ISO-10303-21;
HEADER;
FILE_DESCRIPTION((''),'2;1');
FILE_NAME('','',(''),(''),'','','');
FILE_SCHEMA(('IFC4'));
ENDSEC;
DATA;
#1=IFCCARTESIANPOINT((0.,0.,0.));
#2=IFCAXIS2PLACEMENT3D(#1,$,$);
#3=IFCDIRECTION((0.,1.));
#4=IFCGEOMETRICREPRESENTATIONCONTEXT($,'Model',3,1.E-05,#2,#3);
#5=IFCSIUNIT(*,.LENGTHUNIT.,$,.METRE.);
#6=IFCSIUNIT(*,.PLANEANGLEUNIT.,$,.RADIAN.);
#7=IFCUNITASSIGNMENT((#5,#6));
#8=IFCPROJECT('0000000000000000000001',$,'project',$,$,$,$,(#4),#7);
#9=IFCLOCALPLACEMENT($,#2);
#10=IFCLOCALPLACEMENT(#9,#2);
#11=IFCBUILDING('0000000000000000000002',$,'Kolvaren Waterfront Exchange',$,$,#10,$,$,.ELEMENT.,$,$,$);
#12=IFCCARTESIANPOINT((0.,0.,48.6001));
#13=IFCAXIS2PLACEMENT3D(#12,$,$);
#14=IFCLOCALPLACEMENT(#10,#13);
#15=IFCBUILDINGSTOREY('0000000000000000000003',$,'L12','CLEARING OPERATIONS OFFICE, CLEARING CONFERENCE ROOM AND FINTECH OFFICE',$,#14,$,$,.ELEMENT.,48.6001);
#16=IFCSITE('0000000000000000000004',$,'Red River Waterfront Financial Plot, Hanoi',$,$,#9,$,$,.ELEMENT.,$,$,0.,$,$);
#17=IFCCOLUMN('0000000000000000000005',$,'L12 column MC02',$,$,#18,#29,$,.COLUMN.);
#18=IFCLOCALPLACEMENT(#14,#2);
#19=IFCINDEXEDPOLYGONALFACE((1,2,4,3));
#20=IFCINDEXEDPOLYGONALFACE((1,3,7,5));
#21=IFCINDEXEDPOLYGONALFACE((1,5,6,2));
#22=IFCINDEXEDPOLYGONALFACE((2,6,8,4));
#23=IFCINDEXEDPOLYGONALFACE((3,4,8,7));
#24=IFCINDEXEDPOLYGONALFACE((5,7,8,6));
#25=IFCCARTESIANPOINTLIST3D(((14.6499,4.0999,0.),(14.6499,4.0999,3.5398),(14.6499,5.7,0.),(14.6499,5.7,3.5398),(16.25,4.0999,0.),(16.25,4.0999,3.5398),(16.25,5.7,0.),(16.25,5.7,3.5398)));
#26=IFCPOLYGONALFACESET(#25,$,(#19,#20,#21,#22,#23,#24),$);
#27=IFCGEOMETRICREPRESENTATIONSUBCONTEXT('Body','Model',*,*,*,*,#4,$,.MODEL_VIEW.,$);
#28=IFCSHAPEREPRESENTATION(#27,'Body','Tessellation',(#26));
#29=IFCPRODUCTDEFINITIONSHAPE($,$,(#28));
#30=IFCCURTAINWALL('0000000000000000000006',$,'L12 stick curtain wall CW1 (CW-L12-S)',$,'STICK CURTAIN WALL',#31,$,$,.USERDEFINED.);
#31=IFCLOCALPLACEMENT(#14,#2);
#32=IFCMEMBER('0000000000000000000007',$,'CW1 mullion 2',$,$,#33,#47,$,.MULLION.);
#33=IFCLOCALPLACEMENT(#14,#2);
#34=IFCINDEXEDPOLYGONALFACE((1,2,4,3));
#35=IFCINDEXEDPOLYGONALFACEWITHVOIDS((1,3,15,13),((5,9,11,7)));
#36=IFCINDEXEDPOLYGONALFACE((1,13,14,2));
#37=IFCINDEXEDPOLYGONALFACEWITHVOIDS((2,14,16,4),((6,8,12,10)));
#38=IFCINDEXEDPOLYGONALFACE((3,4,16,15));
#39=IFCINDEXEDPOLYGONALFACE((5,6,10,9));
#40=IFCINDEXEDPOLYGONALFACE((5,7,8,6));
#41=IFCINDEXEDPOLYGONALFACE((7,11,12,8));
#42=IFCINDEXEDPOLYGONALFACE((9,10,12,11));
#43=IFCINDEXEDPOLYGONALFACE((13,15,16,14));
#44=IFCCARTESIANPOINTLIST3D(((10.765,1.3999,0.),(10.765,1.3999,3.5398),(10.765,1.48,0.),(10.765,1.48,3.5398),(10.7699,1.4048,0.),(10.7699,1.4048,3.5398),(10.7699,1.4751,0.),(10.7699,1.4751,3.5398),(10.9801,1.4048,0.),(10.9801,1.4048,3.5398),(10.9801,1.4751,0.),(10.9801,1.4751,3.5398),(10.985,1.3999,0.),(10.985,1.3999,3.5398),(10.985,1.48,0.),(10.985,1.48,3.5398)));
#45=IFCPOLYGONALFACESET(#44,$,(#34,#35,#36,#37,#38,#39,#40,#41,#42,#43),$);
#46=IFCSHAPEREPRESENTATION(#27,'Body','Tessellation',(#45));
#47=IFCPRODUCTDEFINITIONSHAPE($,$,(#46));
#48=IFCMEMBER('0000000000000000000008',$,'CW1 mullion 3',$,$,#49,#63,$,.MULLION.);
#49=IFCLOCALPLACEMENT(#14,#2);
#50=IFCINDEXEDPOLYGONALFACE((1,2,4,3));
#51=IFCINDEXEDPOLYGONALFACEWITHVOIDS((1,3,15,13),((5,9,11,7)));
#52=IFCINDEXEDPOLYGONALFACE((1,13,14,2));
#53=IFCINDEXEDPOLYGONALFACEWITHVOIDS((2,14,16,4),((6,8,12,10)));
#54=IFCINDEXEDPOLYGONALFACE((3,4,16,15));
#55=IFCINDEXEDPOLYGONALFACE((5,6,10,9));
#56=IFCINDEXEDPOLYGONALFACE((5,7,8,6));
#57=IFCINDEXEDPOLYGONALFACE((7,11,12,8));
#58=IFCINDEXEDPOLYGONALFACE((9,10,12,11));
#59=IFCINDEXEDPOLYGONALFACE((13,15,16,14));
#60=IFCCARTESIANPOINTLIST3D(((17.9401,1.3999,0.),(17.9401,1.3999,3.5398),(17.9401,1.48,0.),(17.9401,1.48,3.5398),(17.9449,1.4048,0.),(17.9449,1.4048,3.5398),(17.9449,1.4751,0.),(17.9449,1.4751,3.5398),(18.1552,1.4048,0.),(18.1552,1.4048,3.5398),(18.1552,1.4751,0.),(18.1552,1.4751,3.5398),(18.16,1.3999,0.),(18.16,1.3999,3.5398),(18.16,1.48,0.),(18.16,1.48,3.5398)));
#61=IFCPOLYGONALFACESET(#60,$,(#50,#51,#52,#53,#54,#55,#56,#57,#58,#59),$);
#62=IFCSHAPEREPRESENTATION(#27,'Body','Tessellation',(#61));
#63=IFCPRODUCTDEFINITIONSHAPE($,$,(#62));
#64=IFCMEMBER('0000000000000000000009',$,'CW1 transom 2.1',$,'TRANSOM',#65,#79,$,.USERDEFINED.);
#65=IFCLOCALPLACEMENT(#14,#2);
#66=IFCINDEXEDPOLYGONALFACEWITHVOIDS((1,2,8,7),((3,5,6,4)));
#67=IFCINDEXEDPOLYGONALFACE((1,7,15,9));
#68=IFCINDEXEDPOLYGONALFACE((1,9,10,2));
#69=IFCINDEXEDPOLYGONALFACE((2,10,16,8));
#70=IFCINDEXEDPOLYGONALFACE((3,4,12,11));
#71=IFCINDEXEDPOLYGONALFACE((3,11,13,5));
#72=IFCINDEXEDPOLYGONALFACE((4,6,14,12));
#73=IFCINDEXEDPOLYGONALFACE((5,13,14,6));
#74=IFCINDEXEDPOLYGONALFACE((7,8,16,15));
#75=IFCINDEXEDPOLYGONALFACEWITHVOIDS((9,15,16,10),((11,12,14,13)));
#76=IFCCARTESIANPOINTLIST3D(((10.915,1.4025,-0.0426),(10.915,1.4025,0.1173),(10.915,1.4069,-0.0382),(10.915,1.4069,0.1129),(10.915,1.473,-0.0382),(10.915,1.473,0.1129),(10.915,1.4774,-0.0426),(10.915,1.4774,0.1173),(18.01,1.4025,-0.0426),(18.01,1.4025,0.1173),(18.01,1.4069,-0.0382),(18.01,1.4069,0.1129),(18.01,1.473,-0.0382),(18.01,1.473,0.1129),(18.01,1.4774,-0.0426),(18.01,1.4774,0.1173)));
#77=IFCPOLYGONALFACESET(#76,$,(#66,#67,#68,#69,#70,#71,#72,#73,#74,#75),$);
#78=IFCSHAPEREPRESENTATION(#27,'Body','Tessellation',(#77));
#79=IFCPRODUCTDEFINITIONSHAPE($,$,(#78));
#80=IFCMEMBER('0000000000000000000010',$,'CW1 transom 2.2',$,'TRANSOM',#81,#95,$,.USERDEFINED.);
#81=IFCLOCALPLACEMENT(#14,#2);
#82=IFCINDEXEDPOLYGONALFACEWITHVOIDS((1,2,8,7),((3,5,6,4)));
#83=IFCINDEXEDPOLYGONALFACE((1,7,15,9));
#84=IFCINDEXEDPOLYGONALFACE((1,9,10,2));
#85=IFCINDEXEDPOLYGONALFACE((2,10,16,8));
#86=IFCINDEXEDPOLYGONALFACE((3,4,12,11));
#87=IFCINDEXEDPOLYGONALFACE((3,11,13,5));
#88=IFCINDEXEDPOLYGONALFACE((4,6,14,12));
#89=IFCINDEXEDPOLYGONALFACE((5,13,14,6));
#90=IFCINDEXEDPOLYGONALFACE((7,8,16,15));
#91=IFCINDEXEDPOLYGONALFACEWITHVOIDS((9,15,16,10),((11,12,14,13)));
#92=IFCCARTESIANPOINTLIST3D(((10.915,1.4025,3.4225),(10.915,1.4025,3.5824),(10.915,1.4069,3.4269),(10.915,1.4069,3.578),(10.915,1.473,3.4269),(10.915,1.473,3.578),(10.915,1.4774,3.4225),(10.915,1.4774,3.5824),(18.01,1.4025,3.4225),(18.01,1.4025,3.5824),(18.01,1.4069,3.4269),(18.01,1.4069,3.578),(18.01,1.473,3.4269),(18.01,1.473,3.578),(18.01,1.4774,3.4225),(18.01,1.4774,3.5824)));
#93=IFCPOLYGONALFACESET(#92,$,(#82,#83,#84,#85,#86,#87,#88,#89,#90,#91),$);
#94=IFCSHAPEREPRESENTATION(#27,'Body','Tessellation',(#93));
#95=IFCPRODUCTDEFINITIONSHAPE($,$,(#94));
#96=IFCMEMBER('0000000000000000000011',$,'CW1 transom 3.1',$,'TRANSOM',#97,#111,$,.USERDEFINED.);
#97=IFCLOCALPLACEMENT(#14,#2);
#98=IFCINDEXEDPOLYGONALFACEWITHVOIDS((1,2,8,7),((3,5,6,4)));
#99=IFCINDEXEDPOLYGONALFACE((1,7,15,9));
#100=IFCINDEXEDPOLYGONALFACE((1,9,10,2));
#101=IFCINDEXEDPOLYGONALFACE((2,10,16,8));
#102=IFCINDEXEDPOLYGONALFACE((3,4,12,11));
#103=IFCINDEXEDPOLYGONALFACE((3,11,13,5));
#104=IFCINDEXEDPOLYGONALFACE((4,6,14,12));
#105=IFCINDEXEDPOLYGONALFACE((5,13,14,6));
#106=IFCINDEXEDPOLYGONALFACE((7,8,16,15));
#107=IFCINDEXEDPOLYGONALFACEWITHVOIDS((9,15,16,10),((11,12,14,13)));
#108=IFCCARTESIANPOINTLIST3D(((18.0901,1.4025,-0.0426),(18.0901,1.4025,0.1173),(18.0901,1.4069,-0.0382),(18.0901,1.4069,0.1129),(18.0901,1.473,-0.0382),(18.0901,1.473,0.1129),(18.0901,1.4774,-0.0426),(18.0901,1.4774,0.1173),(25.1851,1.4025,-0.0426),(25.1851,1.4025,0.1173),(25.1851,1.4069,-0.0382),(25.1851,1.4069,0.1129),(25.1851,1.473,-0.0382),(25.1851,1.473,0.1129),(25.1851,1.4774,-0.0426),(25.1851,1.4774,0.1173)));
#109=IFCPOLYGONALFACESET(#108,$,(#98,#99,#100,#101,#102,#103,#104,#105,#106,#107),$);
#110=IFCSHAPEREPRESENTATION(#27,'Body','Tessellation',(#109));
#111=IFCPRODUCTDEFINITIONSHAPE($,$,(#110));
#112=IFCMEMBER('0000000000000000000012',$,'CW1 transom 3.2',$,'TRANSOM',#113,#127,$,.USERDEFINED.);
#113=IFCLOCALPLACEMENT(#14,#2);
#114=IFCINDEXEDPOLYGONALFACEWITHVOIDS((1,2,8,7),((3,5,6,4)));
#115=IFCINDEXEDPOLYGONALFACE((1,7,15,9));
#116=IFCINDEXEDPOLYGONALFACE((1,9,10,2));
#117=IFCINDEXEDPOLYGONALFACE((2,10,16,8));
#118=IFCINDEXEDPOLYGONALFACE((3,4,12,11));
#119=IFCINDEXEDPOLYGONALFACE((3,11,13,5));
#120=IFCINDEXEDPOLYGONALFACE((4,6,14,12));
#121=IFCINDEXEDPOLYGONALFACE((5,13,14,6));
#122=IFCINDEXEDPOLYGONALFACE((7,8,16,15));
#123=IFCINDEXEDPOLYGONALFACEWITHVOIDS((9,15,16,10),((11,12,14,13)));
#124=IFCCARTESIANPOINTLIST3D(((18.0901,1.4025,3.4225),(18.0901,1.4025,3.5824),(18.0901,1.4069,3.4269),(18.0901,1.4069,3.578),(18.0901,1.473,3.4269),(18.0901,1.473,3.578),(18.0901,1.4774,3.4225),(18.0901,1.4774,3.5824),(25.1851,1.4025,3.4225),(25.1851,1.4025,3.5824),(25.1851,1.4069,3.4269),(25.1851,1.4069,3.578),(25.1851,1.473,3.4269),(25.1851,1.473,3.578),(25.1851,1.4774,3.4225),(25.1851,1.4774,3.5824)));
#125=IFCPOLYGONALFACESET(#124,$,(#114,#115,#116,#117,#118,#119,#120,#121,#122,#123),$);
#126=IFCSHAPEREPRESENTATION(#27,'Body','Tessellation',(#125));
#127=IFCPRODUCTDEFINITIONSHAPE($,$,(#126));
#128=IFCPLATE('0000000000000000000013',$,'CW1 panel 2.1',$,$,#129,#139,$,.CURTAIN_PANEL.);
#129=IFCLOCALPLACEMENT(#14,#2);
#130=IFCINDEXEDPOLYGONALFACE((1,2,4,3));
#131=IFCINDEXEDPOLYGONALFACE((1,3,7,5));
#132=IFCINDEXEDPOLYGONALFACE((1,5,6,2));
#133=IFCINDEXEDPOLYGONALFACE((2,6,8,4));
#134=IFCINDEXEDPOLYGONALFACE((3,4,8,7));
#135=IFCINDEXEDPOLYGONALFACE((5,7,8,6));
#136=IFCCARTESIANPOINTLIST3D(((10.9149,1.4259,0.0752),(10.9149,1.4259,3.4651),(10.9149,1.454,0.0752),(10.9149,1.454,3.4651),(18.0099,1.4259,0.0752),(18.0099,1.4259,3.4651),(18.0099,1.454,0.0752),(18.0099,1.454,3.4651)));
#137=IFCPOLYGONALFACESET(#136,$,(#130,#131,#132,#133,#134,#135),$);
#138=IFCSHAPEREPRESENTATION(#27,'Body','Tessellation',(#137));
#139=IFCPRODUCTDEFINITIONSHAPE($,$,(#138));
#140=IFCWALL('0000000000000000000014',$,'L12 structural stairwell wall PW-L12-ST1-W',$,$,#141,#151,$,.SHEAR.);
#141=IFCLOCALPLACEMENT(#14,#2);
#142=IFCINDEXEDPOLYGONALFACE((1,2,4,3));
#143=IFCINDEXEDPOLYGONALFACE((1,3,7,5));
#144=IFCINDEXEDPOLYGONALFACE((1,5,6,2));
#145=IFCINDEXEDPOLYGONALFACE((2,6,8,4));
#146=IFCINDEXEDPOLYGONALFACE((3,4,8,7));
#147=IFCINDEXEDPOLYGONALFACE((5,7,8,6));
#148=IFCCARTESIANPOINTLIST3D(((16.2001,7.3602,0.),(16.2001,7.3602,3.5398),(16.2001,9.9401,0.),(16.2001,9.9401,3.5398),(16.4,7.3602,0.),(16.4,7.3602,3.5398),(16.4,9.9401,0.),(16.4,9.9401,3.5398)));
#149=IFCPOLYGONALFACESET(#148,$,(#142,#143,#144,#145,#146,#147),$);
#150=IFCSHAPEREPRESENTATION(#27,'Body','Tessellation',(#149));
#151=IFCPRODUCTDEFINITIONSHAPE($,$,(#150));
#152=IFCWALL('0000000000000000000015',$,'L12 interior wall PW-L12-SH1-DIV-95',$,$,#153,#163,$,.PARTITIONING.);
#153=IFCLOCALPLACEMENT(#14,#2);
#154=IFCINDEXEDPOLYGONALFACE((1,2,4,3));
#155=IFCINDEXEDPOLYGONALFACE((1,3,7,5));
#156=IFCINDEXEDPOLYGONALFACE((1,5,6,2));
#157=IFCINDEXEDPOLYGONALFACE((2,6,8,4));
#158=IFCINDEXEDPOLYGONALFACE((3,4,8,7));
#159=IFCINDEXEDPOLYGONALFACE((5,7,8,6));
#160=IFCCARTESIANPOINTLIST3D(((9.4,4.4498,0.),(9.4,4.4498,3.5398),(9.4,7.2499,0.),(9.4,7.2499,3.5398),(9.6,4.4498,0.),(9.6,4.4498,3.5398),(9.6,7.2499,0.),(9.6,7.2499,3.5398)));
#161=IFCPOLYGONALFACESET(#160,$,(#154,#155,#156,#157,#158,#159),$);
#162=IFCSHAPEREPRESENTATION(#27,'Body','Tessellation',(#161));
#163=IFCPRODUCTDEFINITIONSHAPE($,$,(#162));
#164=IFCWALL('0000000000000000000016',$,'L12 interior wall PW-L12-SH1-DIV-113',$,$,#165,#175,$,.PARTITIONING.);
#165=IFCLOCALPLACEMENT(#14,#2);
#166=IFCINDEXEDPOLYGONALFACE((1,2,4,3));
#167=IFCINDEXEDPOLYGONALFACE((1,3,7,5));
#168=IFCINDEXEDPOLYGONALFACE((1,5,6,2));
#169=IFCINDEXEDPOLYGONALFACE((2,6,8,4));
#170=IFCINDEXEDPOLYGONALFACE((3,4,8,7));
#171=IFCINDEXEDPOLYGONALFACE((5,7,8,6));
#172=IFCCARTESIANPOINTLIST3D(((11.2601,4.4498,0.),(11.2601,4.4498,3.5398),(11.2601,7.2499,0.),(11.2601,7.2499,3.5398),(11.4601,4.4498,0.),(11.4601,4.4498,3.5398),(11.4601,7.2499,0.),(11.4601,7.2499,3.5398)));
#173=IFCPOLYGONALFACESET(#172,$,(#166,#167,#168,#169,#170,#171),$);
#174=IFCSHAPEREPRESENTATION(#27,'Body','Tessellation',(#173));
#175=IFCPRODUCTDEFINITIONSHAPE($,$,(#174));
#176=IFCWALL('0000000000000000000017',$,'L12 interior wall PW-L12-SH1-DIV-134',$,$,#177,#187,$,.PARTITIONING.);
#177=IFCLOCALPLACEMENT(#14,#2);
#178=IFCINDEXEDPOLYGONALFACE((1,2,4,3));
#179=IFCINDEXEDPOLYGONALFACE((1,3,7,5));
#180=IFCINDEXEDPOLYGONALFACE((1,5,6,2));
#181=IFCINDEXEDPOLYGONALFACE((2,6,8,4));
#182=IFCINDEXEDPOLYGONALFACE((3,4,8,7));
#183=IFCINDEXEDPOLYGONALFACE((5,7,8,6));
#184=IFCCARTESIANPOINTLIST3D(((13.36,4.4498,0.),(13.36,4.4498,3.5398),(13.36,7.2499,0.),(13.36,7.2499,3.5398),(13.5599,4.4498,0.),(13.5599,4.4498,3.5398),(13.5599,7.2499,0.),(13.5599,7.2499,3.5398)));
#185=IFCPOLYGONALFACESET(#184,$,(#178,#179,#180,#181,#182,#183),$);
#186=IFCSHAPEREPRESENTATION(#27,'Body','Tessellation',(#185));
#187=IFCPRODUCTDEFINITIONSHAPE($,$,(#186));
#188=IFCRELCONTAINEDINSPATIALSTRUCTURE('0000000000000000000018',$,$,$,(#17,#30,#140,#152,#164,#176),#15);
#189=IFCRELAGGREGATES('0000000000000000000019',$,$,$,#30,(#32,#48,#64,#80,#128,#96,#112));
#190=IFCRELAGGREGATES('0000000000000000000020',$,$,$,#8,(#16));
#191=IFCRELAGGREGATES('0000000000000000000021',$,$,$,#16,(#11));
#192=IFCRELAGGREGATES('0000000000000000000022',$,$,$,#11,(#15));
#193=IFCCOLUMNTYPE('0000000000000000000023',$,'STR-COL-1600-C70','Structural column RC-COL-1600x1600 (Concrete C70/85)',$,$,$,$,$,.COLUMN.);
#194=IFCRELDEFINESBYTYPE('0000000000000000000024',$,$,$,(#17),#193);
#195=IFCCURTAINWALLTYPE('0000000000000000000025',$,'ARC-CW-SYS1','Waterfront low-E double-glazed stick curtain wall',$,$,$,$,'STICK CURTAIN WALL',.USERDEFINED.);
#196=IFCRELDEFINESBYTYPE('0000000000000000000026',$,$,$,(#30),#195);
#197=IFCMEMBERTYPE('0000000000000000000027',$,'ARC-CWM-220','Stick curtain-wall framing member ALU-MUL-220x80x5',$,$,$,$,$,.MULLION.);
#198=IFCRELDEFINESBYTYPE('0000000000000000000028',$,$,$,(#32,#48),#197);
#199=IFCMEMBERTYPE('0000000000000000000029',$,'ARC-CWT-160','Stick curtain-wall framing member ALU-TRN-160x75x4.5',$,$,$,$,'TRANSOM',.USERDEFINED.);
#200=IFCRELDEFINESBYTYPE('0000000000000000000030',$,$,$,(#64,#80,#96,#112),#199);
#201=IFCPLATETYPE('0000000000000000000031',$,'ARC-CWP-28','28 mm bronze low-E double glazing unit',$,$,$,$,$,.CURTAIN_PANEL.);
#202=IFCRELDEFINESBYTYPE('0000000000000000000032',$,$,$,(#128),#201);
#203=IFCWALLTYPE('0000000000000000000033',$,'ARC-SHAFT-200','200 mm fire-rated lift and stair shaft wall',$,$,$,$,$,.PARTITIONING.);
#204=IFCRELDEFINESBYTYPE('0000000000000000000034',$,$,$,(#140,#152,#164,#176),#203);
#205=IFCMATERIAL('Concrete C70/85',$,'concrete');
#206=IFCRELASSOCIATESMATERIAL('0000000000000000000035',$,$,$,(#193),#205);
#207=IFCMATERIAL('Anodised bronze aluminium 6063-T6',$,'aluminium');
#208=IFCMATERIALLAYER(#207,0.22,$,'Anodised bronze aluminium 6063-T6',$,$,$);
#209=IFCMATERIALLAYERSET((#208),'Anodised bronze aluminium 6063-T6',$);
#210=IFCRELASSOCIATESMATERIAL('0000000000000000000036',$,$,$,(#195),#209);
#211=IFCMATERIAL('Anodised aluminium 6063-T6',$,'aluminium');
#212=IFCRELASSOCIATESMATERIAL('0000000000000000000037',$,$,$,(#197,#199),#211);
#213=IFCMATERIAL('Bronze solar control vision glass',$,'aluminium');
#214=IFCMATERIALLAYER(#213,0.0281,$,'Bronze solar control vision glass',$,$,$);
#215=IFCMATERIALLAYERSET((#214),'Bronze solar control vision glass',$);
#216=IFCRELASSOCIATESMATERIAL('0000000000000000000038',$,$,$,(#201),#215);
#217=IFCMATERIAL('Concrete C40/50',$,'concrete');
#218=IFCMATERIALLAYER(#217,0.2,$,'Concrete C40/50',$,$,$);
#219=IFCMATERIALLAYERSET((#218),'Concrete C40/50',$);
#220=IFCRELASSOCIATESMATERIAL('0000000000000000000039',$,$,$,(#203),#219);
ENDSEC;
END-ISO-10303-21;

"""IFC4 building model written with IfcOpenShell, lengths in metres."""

from ifc_helpers import new_model, si_unit, direction, frame, frame_2d, origin, origin_with_axes, origin_2d, place, context, subcontext, project, spatial, rectangle, hollow_rectangle, extrude, source, transform, mapped, material, layer, layer_set, material_profile, profile_set, type_object, element, aggregate, save


model = new_model("IFC4")

# Units and contexts
model_context = context("Model", 3, precision=1e-05, world=origin(), true_north=direction((0.0, 1.0)))
body_context = subcontext(model_context, "Body", "Model", "MODEL_VIEW")
ifc_project = project(units=[si_unit("LENGTHUNIT", "METRE"), si_unit("PLANEANGLEUNIT", "RADIAN")], contexts=[model_context])

# Site, building, storey
site_placement = place(None, origin())
site = spatial("IfcSite", under=ifc_project, at=site_placement, Name="Red River Waterfront Financial Plot, Hanoi", CompositionType="ELEMENT", RefElevation=0.0)
building_placement = place(site_placement, origin())
building = spatial("IfcBuilding", under=site, at=building_placement, Name="Kolvaren Waterfront Exchange", CompositionType="ELEMENT")
storey_placement = place(building_placement, frame((0.0, 0.0, 48.6001)))
storey = spatial("IfcBuildingStorey", under=building, at=storey_placement, Name="L12", Description="CLEARING OPERATIONS OFFICE, CLEARING CONFERENCE ROOM AND FINTECH OFFICE", CompositionType="ELEMENT", Elevation=48.6001)

# Column
ifc_material_1 = material(Name="Concrete C70/85", Category="concrete")
ifc_material_profile_1 = material_profile(ifc_material_1, rectangle(XDim=1.6001, YDim=1.6001, at=origin_2d()), Name="RC-COL-1600x1600")
ifc_profile_set_1 = profile_set([ifc_material_profile_1], Name="Concrete C70/85")
column_type = type_object("IfcColumnType", Name="STR-COL-1600-C70", Description="Structural column RC-COL-1600x1600 (Concrete C70/85)", PredefinedType="COLUMN", material=ifc_profile_set_1)
column_placement = place(storey_placement, frame((15.45, 4.8999, 0.0), z_axis=(0.0, 0.0, 1.0), x_axis=(1.0, 0.0, 0.0)))
element("IfcColumn", 1, at=column_placement, inside=storey, type_object=column_type, Name="L12 column MC02", PredefinedType="COLUMN", context=body_context, shape_type="SweptSolid", body=[
    extrude(rectangle(XDim=1.6001, YDim=1.6001, at=origin_2d()), origin(), (0.0, 0.0, 1.0), 3.5398),
])

# Curtain wall, members, plate
ifc_material_2 = material(Name="Anodised bronze aluminium 6063-T6", Category="aluminium")
ifc_layer_1 = layer(ifc_material_2, 0.22, Name="Anodised bronze aluminium 6063-T6")
ifc_layer_set_1 = layer_set([ifc_layer_1], Name="Anodised bronze aluminium 6063-T6")
curtain_wall_type = type_object("IfcCurtainWallType", Name="ARC-CW-SYS1", Description="Waterfront low-E double-glazed stick curtain wall", ElementType="STICK CURTAIN WALL", PredefinedType="USERDEFINED", material=ifc_layer_set_1)
curtain_wall_placement = place(storey_placement, origin())
curtain_wall = element("IfcCurtainWall", 2, at=curtain_wall_placement, inside=storey, type_object=curtain_wall_type, Name="L12 stick curtain wall CW1 (CW-L12-S)", ObjectType="STICK CURTAIN WALL", PredefinedType="USERDEFINED")
ifc_material_3 = material(Name="Anodised aluminium 6063-T6", Category="aluminium")
ifc_material_profile_2 = material_profile(ifc_material_3, hollow_rectangle(XDim=0.0801, YDim=0.22, WallThickness=0.0049, at=origin_2d()), Name="ALU-MUL-220x80x5")
ifc_profile_set_2 = profile_set([ifc_material_profile_2], Name="Anodised aluminium 6063-T6")
member_type_1 = type_object("IfcMemberType", Name="ARC-CWM-220", Description="Stick curtain-wall framing member ALU-MUL-220x80x5", PredefinedType="MULLION", material=ifc_profile_set_2)
shared_shape_1 = source(origin_with_axes(), body_context, "Body", "SweptSolid", [
    extrude(hollow_rectangle(XDim=0.0801, YDim=0.22, WallThickness=0.0049, at=origin_2d()), origin(), (0.0, 0.0, 1.0), 3.5398),
])
member_1_placement = place(storey_placement, frame((10.875, 1.4399, 0.0), z_axis=(0.0, 0.0, 1.0), x_axis=(0.0, 1.0, 0.0)))
member_1 = element("IfcMember", 3, at=member_1_placement, type_object=member_type_1, Name="CW1 mullion 2", PredefinedType="MULLION", context=body_context, shape_type="MappedRepresentation", body=[
    mapped(shared_shape_1, transform((0.0, 0.0, 0.0), x_axis=(1.0, 0.0, 0.0), y_axis=(0.0, 1.0, 0.0), z_axis=(0.0, 0.0, 1.0), scale=1.0)),
])
member_2_placement = place(storey_placement, frame((18.05, 1.4399, 0.0), z_axis=(0.0, 0.0, 1.0), x_axis=(0.0, 1.0, 0.0)))
member_2 = element("IfcMember", 4, at=member_2_placement, type_object=member_type_1, Name="CW1 mullion 3", PredefinedType="MULLION", context=body_context, shape_type="MappedRepresentation", body=[
    mapped(shared_shape_1, transform((0.0, 0.0, 0.0), x_axis=(1.0, 0.0, 0.0), y_axis=(0.0, 1.0, 0.0), z_axis=(0.0, 0.0, 1.0), scale=1.0)),
])
ifc_material_profile_3 = material_profile(ifc_material_3, hollow_rectangle(XDim=0.075, YDim=0.1599, WallThickness=0.0044, at=origin_2d()), Name="ALU-TRN-160x75x4.5")
ifc_profile_set_3 = profile_set([ifc_material_profile_3], Name="Anodised aluminium 6063-T6")
member_type_2 = type_object("IfcMemberType", Name="ARC-CWT-160", Description="Stick curtain-wall framing member ALU-TRN-160x75x4.5", ElementType="TRANSOM", PredefinedType="USERDEFINED", material=ifc_profile_set_3)
shared_shape_2 = source(origin_with_axes(), body_context, "Body", "SweptSolid", [
    extrude(hollow_rectangle(XDim=0.075, YDim=0.1599, WallThickness=0.0044, at=origin_2d()), origin(), (0.0, 0.0, 1.0), 7.095),
])
member_3_placement = place(storey_placement, frame((10.915, 1.4399, 0.0374), z_axis=(1.0, 0.0, 0.0), x_axis=(0.0, 1.0, 0.0)))
member_3 = element("IfcMember", 5, at=member_3_placement, type_object=member_type_2, Name="CW1 transom 2.1", ObjectType="TRANSOM", PredefinedType="USERDEFINED", context=body_context, shape_type="MappedRepresentation", body=[
    mapped(shared_shape_2, transform((0.0, 0.0, 0.0), x_axis=(1.0, 0.0, 0.0), y_axis=(0.0, 1.0, 0.0), z_axis=(0.0, 0.0, 1.0), scale=1.0)),
])
member_4_placement = place(storey_placement, frame((10.915, 1.4399, 3.5024), z_axis=(1.0, 0.0, 0.0), x_axis=(0.0, 1.0, 0.0)))
member_4 = element("IfcMember", 6, at=member_4_placement, type_object=member_type_2, Name="CW1 transom 2.2", ObjectType="TRANSOM", PredefinedType="USERDEFINED", context=body_context, shape_type="MappedRepresentation", body=[
    mapped(shared_shape_2, transform((0.0, 0.0, 0.0), x_axis=(1.0, 0.0, 0.0), y_axis=(0.0, 1.0, 0.0), z_axis=(0.0, 0.0, 1.0), scale=1.0)),
])
member_5_placement = place(storey_placement, frame((18.0901, 1.4399, 0.0374), z_axis=(1.0, 0.0, 0.0), x_axis=(0.0, 1.0, 0.0)))
member_5 = element("IfcMember", 7, at=member_5_placement, type_object=member_type_2, Name="CW1 transom 3.1", ObjectType="TRANSOM", PredefinedType="USERDEFINED", context=body_context, shape_type="MappedRepresentation", body=[
    mapped(shared_shape_2, transform((0.0, 0.0, 0.0), x_axis=(1.0, 0.0, 0.0), y_axis=(0.0, 1.0, 0.0), z_axis=(0.0, 0.0, 1.0), scale=1.0)),
])
member_6_placement = place(storey_placement, frame((18.0901, 1.4399, 3.5024), z_axis=(1.0, 0.0, 0.0), x_axis=(0.0, 1.0, 0.0)))
member_6 = element("IfcMember", 8, at=member_6_placement, type_object=member_type_2, Name="CW1 transom 3.2", ObjectType="TRANSOM", PredefinedType="USERDEFINED", context=body_context, shape_type="MappedRepresentation", body=[
    mapped(shared_shape_2, transform((0.0, 0.0, 0.0), x_axis=(1.0, 0.0, 0.0), y_axis=(0.0, 1.0, 0.0), z_axis=(0.0, 0.0, 1.0), scale=1.0)),
])
ifc_material_4 = material(Name="Bronze solar control vision glass", Category="aluminium")
ifc_layer_2 = layer(ifc_material_4, 0.0281, Name="Bronze solar control vision glass")
ifc_layer_set_2 = layer_set([ifc_layer_2], Name="Bronze solar control vision glass")
plate_type = type_object("IfcPlateType", Name="ARC-CWP-28", Description="28 mm bronze low-E double glazing unit", PredefinedType="CURTAIN_PANEL", material=ifc_layer_set_2)
shared_shape_3 = source(origin_with_axes(), body_context, "Body", "SweptSolid", [
    extrude(rectangle(XDim=7.095, YDim=0.0281, at=origin_2d()), origin(), (0.0, 0.0, 1.0), 3.3899),
])
plate_placement = place(storey_placement, frame((14.4624, 1.4399, 0.0752), z_axis=(0.0, 0.0, 1.0), x_axis=(1.0, 0.0, 0.0)))
plate = element("IfcPlate", 9, at=plate_placement, type_object=plate_type, Name="CW1 panel 2.1", PredefinedType="CURTAIN_PANEL", context=body_context, shape_type="MappedRepresentation", body=[
    mapped(shared_shape_3, transform((0.0, 0.0, 0.0), x_axis=(1.0, 0.0, 0.0), y_axis=(0.0, 1.0, 0.0), z_axis=(0.0, 0.0, 1.0), scale=1.0)),
])
aggregate(curtain_wall, [member_1, member_2, member_3, member_4, plate, member_5, member_6])

# Walls
ifc_material_5 = material(Name="Concrete C40/50", Category="concrete")
ifc_layer_3 = layer(ifc_material_5, 0.2, Name="Concrete C40/50")
ifc_layer_set_3 = layer_set([ifc_layer_3], Name="Concrete C40/50")
wall_type_1 = type_object("IfcWallType", Name="ARC-SHAFT-200", Description="200 mm fire-rated lift and stair shaft wall", PredefinedType="PARTITIONING", material=ifc_layer_set_3)
wall_1_placement = place(storey_placement, frame((16.3, 7.3601, 0.0), z_axis=(0.0, 0.0, 1.0), x_axis=(0.0, 1.0, 0.0)))
element("IfcWall", 10, at=wall_1_placement, inside=storey, type_object=wall_type_1, Name="L12 structural stairwell wall PW-L12-ST1-W", PredefinedType="SHEAR", context=body_context, shape_type="SweptSolid", body=[
    extrude(rectangle(XDim=2.5798, YDim=0.2, at=frame_2d((1.29, 0.0))), origin(), (0.0, 0.0, 1.0), 3.5398),
])
for number, where, z_axis, x_axis, name in (
    (11, (9.5, 4.45, 0.0), (0.0, 0.0, 1.0), (0.0, 1.0, 0.0), "L12 interior wall PW-L12-SH1-DIV-95"),
    (12, (11.3601, 4.45, 0.0), (0.0, 0.0, 1.0), (0.0, 1.0, 0.0), "L12 interior wall PW-L12-SH1-DIV-113"),
    (13, (13.46, 4.45, 0.0), (0.0, 0.0, 1.0), (0.0, 1.0, 0.0), "L12 interior wall PW-L12-SH1-DIV-134"),
):
    element("IfcWall", number, at=place(storey_placement, frame(where, z_axis=z_axis, x_axis=x_axis)), inside=storey, type_object=wall_type_1, Name=name, PredefinedType="PARTITIONING", context=body_context, shape_type="SweptSolid", body=[
        extrude(rectangle(XDim=2.8, YDim=0.2, at=frame_2d((1.3999, 0.0))), origin(), (0.0, 0.0, 1.0), 3.5398),
    ])

save(model, "model.ifc")
